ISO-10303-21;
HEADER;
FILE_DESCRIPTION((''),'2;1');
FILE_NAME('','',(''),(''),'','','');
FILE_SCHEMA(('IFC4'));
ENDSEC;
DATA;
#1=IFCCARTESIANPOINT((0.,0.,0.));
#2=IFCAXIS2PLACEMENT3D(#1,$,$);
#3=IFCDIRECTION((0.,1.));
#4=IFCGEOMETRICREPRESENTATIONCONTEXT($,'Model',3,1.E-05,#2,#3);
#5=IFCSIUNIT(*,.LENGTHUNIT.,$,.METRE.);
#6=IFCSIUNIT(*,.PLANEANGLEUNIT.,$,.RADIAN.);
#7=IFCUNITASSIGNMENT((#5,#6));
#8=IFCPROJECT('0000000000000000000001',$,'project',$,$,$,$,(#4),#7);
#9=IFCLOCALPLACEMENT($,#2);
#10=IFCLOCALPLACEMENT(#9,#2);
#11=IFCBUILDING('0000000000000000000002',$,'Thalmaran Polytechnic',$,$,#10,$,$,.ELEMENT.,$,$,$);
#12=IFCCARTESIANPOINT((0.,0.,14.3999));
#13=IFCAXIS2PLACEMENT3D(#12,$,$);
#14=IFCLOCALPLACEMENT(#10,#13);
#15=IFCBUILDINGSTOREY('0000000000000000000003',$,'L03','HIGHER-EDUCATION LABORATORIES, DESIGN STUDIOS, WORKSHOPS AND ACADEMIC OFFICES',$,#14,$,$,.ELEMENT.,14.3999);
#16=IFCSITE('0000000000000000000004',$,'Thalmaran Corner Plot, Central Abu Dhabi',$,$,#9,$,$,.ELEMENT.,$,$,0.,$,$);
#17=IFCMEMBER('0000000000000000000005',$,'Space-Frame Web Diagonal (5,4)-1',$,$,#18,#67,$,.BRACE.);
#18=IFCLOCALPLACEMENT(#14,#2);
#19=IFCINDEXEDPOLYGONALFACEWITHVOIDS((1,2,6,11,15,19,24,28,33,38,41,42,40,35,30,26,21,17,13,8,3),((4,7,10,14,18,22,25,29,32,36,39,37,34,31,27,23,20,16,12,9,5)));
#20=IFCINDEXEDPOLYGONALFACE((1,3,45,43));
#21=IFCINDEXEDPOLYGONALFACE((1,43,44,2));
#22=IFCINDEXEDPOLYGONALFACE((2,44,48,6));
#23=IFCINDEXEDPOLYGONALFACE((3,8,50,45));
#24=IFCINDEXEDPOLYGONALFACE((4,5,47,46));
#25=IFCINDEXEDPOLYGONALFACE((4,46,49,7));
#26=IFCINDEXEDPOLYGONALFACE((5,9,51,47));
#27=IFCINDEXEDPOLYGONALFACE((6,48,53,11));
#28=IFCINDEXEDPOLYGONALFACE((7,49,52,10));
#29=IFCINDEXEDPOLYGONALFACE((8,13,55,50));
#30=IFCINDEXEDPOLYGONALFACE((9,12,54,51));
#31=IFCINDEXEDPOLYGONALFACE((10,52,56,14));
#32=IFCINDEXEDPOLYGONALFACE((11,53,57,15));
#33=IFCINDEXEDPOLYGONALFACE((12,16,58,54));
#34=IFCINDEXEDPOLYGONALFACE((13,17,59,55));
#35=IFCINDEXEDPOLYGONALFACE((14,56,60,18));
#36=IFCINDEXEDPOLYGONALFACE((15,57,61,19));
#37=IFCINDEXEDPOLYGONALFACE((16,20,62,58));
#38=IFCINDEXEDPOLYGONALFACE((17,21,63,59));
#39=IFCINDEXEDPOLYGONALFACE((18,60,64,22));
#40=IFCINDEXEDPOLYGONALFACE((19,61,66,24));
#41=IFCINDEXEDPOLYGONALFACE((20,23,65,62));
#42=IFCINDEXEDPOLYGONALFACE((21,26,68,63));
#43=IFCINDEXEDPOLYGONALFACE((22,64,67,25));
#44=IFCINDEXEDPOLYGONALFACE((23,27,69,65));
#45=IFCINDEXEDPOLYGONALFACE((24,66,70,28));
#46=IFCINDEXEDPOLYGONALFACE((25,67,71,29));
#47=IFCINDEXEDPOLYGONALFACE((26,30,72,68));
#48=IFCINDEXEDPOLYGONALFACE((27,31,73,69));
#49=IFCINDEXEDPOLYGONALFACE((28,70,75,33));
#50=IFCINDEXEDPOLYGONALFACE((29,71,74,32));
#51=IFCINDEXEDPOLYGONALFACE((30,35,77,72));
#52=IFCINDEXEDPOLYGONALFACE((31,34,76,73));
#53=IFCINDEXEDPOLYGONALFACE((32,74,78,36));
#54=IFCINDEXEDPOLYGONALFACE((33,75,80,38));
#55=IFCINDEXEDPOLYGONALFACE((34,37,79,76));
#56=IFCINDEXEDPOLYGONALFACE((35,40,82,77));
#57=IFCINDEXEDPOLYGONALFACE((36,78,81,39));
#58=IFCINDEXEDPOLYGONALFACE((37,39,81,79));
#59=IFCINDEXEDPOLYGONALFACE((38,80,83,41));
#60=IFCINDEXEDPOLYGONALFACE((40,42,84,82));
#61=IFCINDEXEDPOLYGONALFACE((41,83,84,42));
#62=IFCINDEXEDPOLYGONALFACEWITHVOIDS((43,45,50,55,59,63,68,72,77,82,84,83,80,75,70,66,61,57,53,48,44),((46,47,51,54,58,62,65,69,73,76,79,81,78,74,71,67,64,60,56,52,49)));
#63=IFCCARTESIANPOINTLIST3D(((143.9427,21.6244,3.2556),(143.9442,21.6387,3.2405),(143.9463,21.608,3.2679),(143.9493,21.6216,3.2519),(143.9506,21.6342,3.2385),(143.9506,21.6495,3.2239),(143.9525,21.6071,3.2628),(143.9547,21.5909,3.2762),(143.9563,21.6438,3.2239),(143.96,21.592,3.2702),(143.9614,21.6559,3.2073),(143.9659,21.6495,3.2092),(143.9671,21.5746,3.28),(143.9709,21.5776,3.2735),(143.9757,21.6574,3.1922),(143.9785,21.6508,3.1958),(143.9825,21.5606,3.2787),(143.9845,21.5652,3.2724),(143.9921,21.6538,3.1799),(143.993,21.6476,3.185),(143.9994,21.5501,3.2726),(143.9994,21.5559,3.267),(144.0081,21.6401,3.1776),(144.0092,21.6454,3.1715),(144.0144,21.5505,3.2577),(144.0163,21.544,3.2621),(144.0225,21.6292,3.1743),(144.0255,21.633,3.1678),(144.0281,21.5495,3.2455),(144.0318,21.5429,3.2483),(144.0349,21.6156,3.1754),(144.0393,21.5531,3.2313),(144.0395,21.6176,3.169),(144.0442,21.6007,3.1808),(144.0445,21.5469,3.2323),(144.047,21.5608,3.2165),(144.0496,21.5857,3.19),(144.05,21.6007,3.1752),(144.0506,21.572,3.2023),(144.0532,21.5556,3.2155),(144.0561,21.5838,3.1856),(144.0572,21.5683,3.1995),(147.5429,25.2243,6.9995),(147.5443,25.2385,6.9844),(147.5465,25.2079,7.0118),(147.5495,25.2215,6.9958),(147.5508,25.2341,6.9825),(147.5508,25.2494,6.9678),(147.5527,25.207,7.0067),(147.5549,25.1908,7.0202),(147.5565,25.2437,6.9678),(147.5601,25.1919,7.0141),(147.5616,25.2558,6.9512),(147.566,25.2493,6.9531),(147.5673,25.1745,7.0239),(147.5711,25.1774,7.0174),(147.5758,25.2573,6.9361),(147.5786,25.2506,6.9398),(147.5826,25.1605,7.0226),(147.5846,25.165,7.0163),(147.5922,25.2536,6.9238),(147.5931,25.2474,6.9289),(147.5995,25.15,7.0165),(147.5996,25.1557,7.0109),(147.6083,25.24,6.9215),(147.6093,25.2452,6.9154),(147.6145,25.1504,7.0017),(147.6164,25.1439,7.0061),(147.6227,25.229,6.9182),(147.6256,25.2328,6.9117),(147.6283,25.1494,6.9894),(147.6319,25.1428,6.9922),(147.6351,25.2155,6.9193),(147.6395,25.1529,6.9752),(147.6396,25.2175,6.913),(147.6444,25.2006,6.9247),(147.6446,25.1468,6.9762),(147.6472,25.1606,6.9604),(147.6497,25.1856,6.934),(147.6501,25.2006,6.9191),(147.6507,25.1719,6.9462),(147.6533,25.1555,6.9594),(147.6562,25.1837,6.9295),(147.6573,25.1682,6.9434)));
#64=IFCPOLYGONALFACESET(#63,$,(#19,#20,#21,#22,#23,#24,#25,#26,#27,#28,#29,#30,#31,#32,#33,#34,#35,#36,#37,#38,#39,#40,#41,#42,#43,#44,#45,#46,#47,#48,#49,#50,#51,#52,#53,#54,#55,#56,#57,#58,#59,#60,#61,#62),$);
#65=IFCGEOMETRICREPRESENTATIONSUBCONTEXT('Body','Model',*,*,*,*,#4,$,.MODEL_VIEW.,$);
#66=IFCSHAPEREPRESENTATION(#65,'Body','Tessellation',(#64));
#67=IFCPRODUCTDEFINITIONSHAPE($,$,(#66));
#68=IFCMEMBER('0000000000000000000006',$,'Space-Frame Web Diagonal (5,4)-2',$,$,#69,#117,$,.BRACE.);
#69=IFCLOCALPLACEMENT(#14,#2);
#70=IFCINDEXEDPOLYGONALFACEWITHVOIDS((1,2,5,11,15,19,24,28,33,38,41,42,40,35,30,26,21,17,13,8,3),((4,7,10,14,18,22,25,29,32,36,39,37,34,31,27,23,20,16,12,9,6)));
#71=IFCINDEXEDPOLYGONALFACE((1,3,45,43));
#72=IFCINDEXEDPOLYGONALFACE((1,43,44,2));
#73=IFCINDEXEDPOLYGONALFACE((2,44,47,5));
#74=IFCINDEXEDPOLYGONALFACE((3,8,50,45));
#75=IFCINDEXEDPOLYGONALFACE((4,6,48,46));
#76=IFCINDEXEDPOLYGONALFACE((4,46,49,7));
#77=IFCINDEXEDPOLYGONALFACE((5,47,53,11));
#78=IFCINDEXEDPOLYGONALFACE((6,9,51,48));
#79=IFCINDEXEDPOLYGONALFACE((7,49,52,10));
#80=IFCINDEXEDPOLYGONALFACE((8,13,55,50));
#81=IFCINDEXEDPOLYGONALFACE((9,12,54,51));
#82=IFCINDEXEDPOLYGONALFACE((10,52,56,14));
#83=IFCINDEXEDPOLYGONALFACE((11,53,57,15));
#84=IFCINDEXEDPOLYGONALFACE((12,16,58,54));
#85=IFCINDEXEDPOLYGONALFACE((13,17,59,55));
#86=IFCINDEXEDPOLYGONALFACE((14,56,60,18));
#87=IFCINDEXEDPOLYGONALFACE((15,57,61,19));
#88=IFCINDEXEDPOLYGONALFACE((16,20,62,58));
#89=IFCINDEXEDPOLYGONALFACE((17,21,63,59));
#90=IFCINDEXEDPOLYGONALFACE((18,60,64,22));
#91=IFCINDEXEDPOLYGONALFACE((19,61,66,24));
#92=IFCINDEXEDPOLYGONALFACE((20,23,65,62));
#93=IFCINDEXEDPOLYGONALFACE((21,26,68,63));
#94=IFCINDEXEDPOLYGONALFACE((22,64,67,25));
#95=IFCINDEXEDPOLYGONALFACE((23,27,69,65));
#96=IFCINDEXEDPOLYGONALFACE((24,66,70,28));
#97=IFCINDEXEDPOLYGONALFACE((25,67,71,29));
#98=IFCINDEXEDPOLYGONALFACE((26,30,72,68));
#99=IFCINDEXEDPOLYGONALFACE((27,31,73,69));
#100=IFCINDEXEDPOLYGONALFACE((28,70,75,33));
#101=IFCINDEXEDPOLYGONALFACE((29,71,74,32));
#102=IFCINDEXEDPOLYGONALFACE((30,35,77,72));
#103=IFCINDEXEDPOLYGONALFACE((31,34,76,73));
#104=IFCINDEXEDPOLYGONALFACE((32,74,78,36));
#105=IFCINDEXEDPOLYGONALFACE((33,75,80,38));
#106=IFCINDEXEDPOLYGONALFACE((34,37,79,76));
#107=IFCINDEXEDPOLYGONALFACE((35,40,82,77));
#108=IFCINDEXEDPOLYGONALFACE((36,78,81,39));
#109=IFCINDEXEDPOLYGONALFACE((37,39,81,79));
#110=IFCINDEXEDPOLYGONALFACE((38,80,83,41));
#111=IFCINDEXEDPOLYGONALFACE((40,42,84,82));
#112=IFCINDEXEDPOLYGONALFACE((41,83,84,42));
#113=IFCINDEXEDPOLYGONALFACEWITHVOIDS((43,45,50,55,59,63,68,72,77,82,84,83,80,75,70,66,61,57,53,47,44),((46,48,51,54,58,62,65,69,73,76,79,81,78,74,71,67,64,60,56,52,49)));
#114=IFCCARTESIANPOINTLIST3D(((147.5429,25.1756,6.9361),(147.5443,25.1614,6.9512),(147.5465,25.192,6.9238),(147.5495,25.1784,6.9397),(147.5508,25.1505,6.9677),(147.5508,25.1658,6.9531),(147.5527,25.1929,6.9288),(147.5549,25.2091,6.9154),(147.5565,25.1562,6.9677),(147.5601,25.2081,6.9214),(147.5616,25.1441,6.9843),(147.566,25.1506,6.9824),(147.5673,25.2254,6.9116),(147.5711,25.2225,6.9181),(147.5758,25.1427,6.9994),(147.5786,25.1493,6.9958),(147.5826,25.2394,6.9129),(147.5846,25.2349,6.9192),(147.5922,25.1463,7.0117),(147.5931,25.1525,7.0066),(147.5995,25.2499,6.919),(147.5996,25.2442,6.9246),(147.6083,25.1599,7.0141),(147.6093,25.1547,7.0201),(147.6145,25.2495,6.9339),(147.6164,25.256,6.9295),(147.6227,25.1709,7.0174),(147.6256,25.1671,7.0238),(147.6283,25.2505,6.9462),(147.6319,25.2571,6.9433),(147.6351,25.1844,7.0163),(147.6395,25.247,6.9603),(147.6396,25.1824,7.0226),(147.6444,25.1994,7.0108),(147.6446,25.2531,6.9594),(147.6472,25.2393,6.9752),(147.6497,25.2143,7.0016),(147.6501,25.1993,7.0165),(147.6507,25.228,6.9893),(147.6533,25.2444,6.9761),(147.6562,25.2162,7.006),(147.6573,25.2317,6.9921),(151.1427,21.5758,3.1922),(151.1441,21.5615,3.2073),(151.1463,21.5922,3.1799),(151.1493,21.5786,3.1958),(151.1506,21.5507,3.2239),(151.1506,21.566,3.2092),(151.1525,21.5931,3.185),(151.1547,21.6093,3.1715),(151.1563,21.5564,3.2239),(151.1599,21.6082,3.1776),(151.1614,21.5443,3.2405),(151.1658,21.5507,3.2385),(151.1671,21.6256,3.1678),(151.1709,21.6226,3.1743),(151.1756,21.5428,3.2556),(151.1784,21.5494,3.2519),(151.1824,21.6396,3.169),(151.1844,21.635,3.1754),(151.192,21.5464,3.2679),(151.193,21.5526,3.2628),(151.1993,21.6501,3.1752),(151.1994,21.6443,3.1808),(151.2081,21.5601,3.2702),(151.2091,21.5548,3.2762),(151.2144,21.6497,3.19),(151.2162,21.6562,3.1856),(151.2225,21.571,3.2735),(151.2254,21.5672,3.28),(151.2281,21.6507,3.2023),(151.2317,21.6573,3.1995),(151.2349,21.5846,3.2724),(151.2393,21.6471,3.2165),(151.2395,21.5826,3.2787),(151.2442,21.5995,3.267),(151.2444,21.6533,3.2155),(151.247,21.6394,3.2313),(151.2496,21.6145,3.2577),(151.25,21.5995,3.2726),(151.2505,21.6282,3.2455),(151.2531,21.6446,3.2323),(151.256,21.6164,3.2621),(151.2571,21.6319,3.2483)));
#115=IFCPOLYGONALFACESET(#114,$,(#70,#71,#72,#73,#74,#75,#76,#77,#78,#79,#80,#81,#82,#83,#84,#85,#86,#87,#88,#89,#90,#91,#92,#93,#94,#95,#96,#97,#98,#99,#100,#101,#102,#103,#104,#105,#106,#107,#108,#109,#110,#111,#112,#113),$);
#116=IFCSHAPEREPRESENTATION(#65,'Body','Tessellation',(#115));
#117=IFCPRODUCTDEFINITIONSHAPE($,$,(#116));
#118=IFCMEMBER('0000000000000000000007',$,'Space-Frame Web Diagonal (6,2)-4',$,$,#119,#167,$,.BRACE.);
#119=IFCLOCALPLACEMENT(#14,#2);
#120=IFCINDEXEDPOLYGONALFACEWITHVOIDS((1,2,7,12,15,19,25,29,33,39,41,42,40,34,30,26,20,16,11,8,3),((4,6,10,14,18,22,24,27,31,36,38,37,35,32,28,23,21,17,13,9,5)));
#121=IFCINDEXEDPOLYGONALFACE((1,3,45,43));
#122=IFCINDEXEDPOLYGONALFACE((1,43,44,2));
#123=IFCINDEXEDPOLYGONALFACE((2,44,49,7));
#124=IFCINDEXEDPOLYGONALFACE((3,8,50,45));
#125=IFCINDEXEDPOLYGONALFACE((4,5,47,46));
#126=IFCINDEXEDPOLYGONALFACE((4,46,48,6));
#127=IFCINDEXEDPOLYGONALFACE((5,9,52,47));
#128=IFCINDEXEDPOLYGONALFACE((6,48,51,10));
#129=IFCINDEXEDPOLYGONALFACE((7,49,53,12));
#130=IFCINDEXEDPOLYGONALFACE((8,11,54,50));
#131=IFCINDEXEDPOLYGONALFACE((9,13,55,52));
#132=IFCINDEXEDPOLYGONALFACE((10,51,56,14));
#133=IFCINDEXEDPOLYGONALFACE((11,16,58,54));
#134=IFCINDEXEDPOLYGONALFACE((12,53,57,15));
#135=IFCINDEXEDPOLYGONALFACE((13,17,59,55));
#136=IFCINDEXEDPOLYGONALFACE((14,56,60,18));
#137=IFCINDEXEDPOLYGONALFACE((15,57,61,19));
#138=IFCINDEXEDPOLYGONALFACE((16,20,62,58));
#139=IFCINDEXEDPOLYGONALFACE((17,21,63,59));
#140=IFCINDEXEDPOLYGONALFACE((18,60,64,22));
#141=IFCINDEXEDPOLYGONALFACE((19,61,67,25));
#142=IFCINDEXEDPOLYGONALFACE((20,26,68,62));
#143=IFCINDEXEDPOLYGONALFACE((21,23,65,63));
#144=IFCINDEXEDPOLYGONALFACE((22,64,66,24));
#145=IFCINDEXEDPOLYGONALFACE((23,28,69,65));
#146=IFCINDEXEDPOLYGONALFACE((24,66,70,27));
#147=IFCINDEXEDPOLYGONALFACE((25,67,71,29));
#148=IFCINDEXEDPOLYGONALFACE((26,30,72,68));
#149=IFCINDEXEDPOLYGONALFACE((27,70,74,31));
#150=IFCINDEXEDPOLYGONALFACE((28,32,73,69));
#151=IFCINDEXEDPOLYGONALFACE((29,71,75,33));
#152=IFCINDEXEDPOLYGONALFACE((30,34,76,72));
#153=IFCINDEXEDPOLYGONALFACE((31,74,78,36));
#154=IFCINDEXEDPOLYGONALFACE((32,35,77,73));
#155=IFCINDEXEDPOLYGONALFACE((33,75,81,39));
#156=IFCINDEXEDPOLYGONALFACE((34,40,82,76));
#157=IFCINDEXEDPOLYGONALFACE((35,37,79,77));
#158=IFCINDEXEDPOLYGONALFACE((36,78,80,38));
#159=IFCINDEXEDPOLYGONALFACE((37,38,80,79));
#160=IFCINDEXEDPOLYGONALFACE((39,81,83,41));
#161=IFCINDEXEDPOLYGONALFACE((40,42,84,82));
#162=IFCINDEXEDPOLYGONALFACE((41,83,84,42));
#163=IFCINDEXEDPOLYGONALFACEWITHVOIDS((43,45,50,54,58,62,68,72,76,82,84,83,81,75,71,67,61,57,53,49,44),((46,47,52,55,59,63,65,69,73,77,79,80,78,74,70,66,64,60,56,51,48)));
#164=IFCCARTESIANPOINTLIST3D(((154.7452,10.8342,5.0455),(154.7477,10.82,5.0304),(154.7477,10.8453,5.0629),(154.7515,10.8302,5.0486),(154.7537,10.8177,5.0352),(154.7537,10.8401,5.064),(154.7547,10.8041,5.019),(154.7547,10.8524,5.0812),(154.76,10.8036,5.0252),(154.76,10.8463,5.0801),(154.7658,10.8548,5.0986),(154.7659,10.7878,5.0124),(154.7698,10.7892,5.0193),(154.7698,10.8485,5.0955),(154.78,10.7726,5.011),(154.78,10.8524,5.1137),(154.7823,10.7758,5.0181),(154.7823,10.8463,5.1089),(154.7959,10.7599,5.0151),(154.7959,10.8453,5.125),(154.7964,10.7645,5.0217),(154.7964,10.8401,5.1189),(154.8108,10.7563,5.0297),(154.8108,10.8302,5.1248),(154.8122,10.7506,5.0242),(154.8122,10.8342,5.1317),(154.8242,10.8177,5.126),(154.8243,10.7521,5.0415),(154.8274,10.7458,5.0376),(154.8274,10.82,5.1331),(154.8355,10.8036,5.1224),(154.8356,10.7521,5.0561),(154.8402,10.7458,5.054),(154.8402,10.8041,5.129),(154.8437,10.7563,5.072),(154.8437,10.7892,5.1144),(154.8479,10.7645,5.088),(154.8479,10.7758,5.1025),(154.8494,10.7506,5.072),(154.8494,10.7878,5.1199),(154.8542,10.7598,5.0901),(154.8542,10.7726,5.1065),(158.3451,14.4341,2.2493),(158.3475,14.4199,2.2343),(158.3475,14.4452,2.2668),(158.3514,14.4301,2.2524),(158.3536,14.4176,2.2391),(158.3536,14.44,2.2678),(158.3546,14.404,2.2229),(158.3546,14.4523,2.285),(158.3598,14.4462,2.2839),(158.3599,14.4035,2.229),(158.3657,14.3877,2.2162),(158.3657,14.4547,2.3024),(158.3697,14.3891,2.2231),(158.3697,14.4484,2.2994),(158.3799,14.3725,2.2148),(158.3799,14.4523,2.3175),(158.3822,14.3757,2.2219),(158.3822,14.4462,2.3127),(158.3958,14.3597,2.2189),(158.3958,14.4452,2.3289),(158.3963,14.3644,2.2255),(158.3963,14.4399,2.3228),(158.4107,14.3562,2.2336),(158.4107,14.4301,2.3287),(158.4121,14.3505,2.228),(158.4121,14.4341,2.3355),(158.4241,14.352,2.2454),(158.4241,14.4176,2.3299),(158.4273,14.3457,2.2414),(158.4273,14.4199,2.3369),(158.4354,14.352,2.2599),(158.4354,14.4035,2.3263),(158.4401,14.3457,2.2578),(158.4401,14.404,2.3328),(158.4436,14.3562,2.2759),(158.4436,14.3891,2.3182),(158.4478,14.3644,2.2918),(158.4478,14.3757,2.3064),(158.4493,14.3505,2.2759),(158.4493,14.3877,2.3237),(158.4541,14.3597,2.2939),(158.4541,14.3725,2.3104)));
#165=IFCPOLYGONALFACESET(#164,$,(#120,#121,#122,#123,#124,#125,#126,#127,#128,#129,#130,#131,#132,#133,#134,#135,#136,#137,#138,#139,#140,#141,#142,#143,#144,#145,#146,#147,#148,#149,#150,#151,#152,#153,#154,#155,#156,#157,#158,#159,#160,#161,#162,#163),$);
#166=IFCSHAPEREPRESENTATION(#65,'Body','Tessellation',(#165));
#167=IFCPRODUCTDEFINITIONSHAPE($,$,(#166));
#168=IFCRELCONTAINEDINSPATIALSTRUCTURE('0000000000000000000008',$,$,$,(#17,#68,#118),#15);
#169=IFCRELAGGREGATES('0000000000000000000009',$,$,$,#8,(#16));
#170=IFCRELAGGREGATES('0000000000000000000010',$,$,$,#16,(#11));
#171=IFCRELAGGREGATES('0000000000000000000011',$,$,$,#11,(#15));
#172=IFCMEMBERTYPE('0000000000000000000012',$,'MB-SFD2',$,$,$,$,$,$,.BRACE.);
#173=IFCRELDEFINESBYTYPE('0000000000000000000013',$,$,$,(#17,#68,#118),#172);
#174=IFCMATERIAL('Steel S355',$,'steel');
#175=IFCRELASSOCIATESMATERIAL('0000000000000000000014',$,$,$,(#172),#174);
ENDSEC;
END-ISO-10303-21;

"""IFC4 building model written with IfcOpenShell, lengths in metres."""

from ifc_helpers import new_model, si_unit, direction, frame, origin, origin_2d, place, context, subcontext, project, spatial, hollow_circle, extrude, material, material_profile, profile_set, type_object, element, save


model = new_model("IFC4")

# Units and contexts
model_context = context("Model", 3, precision=1e-05, world=origin(), true_north=direction((0.0, 1.0)))
body_context = subcontext(model_context, "Body", "Model", "MODEL_VIEW")
ifc_project = project(units=[si_unit("LENGTHUNIT", "METRE"), si_unit("PLANEANGLEUNIT", "RADIAN")], contexts=[model_context])

# Site, building, storey
site_placement = place(None, origin())
site = spatial("IfcSite", under=ifc_project, at=site_placement, Name="Thalmaran Corner Plot, Central Abu Dhabi", CompositionType="ELEMENT", RefElevation=0.0)
building_placement = place(site_placement, origin())
building = spatial("IfcBuilding", under=site, at=building_placement, Name="Thalmaran Polytechnic", CompositionType="ELEMENT")
storey_placement = place(building_placement, frame((0.0, 0.0, 14.3999)))
storey = spatial("IfcBuildingStorey", under=building, at=storey_placement, Name="L03", Description="HIGHER-EDUCATION LABORATORIES, DESIGN STUDIOS, WORKSHOPS AND ACADEMIC OFFICES", CompositionType="ELEMENT", Elevation=14.3999)

# Members
ifc_material = material(Name="Steel S355", Category="steel")
ifc_material_profile_1 = material_profile(ifc_material, hollow_circle(Radius=0.0698, WallThickness=0.0081, at=origin_2d()), Name="CHS 139.7x8.0")
ifc_profile_set_1 = profile_set([ifc_material_profile_1], Name="Steel S355")
member_type_1 = type_object("IfcMemberType", Name="MB-SFD2", PredefinedType="BRACE", material=ifc_profile_set_1)
member_1_placement = place(storey_placement, frame((144.0, 21.6001, 3.2239), z_axis=(0.569678, 0.56964, 0.592433), x_axis=(-0.707083, 0.707131, 0.0)))
element("IfcMember", 1, at=member_1_placement, inside=storey, type_object=member_type_1, Name="Space-Frame Web Diagonal (5,4)-1", PredefinedType="BRACE", context=body_context, shape_type="SweptSolid", body=[
    extrude(hollow_circle(Radius=0.0698, WallThickness=0.0081, at=origin_2d()), origin(), (0.0, 0.0, 1.0), 6.3196),
])
member_2_placement = place(storey_placement, frame((151.2, 21.6001, 3.2239), z_axis=(-0.569652, 0.569652, 0.592446), x_axis=(-0.707107, -0.707107, 0.0)))
element("IfcMember", 2, at=member_2_placement, inside=storey, type_object=member_type_1, Name="Space-Frame Web Diagonal (5,4)-2", PredefinedType="BRACE", context=body_context, shape_type="SweptSolid", body=[
    extrude(hollow_circle(Radius=0.0698, WallThickness=0.0081, at=origin_2d()), origin(), (0.0, 0.0, 1.0), 6.3193),
])
member_3_placement = place(storey_placement, frame((158.3999, 14.3999, 2.2759), z_axis=(-0.619778, -0.619778, 0.481405), x_axis=(0.707107, -0.707107, 0.0)))
element("IfcMember", 3, at=member_3_placement, inside=storey, type_object=member_type_1, Name="Space-Frame Web Diagonal (6,2)-4", PredefinedType="BRACE", context=body_context, shape_type="SweptSolid", body=[
    extrude(hollow_circle(Radius=0.0698, WallThickness=0.0081, at=origin_2d()), origin(), (0.0, 0.0, 1.0), 5.8083),
])

save(model, "model.ifc")
